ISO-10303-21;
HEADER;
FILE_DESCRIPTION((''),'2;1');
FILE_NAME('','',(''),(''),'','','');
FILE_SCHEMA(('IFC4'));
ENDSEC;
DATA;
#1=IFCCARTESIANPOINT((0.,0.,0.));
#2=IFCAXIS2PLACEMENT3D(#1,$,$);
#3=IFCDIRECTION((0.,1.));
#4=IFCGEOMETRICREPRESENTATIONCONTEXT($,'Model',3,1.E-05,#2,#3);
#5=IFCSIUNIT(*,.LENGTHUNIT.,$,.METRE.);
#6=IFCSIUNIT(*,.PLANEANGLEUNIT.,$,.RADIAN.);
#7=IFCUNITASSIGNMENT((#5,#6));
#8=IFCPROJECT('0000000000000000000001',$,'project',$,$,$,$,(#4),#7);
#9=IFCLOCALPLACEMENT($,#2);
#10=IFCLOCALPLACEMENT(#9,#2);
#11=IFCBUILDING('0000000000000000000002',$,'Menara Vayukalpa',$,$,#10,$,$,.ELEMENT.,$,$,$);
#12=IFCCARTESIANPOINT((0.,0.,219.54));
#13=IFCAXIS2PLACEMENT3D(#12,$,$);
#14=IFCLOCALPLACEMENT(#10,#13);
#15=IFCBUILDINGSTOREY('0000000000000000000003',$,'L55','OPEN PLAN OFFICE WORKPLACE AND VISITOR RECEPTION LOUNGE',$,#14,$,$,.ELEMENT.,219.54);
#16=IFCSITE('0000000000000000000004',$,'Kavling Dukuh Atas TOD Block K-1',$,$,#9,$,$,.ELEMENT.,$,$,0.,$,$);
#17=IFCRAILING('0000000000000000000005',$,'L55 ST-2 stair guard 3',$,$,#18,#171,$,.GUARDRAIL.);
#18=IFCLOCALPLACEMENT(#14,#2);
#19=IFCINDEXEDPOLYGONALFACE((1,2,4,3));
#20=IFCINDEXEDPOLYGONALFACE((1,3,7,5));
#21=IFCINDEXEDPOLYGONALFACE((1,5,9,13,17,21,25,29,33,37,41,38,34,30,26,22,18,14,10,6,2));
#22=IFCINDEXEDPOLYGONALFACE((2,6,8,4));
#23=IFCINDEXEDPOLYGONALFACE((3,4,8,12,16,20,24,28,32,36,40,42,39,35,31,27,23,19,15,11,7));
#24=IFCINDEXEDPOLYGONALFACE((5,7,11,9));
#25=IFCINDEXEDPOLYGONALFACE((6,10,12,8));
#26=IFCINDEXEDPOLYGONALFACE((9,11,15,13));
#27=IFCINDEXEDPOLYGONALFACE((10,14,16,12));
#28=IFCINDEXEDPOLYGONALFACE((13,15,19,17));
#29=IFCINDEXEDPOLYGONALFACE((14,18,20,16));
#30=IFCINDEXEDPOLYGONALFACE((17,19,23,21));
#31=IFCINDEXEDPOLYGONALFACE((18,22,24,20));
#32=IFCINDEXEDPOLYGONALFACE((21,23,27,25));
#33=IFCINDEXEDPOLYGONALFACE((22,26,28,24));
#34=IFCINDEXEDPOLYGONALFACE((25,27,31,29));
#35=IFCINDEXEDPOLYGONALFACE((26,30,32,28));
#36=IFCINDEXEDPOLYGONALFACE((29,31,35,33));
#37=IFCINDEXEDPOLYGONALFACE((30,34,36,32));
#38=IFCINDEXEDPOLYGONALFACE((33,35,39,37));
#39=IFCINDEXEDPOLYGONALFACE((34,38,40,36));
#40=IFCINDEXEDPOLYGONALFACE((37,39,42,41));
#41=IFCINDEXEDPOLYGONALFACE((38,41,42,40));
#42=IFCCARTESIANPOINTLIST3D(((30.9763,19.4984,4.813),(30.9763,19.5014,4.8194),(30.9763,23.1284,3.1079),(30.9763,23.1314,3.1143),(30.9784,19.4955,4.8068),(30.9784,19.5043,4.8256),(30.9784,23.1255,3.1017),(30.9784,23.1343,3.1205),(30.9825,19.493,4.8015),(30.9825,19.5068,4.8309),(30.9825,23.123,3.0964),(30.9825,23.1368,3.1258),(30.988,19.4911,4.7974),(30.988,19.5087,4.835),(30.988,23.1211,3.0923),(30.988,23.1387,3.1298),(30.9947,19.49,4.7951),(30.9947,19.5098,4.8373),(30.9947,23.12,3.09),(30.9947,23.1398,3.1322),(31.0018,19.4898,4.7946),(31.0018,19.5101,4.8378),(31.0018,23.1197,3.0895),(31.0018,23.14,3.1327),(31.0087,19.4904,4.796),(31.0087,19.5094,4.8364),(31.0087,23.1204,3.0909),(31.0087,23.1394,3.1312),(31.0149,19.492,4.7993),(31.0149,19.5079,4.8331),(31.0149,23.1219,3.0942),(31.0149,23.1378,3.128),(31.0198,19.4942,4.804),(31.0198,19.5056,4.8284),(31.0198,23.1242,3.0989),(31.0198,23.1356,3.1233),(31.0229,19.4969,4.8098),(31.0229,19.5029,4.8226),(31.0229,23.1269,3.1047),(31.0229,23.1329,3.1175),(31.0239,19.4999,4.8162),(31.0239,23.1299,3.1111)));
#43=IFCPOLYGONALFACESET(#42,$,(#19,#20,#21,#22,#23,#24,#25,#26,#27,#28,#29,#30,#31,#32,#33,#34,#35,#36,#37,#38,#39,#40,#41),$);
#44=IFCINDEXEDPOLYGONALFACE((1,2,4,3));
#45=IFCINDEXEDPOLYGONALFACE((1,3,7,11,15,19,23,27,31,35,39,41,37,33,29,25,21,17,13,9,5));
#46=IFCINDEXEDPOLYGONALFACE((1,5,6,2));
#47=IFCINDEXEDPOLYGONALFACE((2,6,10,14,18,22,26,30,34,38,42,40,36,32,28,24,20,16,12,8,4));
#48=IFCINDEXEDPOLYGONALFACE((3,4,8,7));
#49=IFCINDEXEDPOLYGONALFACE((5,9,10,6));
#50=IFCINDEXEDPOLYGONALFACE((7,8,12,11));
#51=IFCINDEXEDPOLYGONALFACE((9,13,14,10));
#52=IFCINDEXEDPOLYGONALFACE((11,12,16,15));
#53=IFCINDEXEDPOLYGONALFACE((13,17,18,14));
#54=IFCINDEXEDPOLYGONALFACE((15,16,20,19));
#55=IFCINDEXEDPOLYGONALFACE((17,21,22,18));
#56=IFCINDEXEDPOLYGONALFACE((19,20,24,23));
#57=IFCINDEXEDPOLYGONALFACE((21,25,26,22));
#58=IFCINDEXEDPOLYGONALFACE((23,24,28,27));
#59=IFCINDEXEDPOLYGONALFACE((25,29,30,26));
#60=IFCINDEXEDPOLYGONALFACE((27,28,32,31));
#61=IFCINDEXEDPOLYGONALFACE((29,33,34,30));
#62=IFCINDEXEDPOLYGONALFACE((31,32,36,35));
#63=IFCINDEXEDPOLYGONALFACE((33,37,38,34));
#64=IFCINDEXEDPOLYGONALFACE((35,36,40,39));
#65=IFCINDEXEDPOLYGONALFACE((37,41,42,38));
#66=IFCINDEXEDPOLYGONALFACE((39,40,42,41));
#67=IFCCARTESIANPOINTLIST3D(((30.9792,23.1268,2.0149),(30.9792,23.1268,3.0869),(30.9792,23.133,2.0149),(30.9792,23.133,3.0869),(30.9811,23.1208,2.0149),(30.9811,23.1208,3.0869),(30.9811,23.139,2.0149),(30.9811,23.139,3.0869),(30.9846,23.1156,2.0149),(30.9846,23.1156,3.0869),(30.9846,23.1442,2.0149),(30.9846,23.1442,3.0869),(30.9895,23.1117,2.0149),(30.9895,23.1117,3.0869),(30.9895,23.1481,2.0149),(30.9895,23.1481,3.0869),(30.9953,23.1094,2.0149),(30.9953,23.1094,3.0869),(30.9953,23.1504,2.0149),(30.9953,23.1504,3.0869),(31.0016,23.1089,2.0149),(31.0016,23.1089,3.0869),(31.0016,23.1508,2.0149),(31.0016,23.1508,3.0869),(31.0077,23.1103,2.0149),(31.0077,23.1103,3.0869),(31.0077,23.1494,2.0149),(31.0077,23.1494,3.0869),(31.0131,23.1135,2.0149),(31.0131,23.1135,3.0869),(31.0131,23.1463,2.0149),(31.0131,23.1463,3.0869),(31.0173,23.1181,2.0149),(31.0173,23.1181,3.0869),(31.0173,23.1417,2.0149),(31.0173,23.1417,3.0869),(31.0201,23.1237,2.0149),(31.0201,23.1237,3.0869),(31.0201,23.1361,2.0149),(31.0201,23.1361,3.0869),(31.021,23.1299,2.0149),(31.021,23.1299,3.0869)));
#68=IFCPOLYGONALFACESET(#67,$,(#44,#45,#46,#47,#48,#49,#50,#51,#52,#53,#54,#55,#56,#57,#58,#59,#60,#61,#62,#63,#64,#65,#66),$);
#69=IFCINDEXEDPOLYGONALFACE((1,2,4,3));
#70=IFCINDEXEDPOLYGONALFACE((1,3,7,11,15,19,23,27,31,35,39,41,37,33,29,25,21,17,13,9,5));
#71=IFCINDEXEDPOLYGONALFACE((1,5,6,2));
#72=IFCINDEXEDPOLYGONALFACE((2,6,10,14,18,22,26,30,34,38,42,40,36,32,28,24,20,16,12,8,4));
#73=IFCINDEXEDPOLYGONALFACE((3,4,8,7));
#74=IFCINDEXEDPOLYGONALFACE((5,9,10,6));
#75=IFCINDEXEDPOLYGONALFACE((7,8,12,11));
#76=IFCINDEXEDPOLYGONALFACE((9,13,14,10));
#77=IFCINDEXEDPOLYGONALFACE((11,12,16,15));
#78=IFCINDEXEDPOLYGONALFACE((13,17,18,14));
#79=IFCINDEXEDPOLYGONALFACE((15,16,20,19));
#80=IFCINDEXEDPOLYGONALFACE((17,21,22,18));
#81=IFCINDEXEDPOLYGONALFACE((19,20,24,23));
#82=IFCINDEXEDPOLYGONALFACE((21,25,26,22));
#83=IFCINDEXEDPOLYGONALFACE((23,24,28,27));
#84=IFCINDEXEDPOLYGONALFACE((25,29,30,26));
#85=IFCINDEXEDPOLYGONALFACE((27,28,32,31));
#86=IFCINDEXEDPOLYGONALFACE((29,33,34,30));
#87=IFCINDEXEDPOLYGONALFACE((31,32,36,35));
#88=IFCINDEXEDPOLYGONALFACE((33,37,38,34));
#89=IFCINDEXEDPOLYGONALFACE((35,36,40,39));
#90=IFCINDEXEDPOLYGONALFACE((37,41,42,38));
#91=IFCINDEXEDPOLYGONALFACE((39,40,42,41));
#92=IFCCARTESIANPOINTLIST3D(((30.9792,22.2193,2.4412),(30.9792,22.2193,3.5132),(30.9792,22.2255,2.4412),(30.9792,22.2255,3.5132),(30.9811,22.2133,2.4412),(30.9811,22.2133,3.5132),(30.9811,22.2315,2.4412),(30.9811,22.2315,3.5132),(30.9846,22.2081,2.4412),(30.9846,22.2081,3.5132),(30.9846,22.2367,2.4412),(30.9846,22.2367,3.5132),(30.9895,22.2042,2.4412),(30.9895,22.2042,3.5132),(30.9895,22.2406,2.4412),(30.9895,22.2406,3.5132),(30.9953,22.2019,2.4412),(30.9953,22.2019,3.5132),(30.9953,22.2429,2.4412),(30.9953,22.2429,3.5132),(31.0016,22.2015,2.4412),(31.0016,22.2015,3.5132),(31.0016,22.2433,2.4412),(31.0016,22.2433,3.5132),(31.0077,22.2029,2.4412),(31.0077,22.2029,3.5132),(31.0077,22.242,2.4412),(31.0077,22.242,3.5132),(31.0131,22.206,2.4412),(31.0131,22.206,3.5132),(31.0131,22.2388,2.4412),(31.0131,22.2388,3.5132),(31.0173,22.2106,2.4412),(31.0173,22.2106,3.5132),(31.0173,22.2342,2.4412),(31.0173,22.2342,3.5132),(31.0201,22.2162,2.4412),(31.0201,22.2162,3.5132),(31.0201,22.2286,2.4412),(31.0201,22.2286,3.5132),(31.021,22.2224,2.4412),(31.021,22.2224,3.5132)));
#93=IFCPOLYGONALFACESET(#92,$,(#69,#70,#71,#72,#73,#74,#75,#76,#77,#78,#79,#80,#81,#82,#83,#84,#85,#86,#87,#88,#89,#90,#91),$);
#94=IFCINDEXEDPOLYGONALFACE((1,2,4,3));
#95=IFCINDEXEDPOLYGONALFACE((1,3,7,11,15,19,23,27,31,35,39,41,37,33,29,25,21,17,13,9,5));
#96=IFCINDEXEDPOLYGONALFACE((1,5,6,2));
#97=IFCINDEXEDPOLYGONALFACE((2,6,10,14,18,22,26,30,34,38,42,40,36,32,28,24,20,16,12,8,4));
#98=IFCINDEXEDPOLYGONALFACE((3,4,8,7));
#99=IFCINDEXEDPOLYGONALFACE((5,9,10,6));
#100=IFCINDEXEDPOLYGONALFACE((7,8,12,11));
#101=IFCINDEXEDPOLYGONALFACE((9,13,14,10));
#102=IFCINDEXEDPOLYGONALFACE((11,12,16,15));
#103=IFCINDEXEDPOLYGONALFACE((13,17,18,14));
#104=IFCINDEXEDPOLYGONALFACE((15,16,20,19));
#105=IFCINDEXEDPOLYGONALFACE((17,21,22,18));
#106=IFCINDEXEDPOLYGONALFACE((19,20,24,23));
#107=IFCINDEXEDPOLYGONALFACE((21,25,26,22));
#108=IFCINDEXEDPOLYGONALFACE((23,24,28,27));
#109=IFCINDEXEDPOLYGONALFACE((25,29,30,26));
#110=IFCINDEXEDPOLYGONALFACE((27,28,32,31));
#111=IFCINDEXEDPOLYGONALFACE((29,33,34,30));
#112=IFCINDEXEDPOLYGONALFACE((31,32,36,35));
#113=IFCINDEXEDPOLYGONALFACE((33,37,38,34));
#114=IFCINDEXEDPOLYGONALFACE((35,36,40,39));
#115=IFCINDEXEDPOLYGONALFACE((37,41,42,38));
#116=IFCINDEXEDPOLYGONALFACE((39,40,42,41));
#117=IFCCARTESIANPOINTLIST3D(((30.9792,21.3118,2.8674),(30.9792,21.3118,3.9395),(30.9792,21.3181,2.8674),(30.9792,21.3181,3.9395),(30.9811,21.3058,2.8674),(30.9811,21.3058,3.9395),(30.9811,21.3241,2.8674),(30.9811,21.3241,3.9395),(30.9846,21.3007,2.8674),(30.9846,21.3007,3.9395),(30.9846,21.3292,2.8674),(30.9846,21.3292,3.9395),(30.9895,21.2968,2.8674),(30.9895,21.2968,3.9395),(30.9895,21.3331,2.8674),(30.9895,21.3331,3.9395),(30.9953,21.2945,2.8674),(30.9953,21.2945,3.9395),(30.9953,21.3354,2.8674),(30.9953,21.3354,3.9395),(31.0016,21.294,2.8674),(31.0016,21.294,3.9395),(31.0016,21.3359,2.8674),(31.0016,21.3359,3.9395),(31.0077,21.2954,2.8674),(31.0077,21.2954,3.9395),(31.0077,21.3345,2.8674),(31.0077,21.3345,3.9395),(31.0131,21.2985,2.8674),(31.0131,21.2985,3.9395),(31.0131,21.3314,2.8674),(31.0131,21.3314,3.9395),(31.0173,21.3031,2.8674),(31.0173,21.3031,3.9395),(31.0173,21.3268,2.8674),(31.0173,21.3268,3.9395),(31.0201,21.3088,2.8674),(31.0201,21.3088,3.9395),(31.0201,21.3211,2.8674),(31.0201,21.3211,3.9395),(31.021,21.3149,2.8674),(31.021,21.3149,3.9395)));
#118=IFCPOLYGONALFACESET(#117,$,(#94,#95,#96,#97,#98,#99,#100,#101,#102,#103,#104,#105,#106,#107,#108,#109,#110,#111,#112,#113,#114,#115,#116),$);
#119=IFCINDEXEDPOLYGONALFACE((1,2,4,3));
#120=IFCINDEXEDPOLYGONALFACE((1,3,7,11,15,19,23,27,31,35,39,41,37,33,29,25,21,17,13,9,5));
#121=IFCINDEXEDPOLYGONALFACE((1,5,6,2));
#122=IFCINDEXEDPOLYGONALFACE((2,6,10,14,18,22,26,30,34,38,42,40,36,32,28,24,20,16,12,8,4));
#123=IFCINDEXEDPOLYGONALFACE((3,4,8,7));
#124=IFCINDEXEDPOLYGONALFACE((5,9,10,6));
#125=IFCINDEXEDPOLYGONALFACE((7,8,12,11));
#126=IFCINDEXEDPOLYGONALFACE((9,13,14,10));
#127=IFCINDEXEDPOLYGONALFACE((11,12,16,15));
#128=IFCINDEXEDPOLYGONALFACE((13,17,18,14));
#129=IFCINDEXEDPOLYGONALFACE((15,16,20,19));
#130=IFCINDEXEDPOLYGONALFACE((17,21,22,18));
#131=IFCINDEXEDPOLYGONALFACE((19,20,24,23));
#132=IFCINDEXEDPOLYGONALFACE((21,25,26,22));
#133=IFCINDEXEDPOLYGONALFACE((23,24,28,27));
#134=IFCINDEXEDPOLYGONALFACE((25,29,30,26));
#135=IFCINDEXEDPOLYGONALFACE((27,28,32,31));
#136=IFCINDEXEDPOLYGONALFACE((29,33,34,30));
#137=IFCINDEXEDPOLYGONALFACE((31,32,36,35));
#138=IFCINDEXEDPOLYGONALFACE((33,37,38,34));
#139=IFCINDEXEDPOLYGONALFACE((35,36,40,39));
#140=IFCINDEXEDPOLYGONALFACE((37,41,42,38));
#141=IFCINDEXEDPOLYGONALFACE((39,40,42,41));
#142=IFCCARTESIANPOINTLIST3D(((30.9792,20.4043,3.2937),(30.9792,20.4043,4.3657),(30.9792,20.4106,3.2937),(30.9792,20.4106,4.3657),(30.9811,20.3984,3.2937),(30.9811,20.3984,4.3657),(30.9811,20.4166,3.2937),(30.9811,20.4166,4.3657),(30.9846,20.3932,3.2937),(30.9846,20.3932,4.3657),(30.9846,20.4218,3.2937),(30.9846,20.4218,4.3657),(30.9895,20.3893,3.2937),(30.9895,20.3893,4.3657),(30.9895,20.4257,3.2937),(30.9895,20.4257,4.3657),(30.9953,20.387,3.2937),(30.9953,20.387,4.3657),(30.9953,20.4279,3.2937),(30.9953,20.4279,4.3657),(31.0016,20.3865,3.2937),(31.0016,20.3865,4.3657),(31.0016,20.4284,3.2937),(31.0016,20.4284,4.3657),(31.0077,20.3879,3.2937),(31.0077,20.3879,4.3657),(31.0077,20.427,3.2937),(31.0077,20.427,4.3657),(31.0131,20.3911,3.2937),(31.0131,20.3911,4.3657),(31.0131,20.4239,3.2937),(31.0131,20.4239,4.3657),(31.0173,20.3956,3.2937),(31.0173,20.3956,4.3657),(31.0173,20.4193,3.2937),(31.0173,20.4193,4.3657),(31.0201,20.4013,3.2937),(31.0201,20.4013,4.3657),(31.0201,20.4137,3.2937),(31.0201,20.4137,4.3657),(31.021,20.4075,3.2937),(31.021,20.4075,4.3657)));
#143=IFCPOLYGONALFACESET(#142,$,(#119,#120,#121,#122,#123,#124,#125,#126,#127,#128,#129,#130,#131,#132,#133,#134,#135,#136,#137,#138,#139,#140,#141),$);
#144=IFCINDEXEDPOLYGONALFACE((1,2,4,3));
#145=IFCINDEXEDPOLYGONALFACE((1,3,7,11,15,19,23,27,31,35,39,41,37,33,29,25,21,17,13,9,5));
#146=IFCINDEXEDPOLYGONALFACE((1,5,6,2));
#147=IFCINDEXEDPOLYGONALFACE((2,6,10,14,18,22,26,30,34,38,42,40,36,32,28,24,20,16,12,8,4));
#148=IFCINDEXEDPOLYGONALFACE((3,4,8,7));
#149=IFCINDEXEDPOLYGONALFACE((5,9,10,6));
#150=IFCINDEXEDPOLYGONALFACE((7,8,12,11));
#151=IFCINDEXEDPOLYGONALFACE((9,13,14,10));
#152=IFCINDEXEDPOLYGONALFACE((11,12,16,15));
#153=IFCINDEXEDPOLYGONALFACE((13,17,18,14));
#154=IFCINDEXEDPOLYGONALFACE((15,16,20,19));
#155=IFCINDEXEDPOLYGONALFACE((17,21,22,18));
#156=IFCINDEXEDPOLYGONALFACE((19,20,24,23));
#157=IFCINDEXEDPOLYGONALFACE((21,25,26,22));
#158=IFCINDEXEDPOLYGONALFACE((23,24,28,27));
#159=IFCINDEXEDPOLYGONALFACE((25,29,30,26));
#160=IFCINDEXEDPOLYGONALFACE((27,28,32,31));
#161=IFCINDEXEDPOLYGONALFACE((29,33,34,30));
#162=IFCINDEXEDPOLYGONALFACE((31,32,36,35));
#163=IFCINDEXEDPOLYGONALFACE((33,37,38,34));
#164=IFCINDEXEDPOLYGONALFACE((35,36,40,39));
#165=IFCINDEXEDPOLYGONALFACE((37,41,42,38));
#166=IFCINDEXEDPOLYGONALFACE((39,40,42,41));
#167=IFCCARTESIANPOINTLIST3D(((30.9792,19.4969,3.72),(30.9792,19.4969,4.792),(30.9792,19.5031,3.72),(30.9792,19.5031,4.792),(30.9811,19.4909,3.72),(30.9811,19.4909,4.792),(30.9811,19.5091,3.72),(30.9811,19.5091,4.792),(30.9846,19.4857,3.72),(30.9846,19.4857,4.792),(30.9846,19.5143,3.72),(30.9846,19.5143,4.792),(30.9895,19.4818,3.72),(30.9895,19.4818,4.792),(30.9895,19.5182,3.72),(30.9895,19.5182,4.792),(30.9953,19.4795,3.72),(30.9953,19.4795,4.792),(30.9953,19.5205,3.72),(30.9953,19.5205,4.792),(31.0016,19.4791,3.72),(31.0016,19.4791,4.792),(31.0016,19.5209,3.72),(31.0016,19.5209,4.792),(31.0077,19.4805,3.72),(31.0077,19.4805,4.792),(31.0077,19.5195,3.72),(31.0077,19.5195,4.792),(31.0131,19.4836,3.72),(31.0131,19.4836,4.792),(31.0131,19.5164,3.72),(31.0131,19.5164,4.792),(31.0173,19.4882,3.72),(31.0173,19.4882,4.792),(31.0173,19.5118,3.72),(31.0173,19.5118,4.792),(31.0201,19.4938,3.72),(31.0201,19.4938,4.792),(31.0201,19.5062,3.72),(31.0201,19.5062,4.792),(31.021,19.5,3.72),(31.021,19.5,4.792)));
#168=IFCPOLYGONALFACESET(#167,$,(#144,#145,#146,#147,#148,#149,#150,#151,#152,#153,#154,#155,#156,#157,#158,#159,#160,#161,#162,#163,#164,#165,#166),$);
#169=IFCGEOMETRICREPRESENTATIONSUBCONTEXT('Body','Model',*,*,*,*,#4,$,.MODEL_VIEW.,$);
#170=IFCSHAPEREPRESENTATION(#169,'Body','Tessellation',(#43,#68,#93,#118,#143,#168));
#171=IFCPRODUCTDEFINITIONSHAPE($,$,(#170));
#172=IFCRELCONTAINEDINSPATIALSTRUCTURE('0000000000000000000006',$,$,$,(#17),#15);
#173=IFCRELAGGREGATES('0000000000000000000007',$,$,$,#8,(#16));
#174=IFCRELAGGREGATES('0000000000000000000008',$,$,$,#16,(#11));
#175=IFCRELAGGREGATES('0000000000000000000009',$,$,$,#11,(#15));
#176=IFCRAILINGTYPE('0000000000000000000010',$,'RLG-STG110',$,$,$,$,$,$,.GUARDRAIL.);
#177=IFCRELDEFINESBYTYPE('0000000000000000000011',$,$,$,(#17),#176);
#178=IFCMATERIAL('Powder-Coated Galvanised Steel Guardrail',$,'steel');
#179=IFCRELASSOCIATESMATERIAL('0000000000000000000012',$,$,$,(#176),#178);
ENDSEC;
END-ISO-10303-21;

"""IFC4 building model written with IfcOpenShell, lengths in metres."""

from ifc_helpers import new_model, si_unit, direction, frame, origin, origin_2d, place, context, subcontext, project, spatial, circle, extrude, material, type_object, element, save


model = new_model("IFC4")

# Units and contexts
model_context = context("Model", 3, precision=1e-05, world=origin(), true_north=direction((0.0, 1.0)))
body_context = subcontext(model_context, "Body", "Model", "MODEL_VIEW")
ifc_project = project(units=[si_unit("LENGTHUNIT", "METRE"), si_unit("PLANEANGLEUNIT", "RADIAN")], contexts=[model_context])

# Site, building, storey
site_placement = place(None, origin())
site = spatial("IfcSite", under=ifc_project, at=site_placement, Name="Kavling Dukuh Atas TOD Block K-1", CompositionType="ELEMENT", RefElevation=0.0)
building_placement = place(site_placement, origin())
building = spatial("IfcBuilding", under=site, at=building_placement, Name="Menara Vayukalpa", CompositionType="ELEMENT")
storey_placement = place(building_placement, frame((0.0, 0.0, 219.54)))
storey = spatial("IfcBuildingStorey", under=building, at=storey_placement, Name="L55", Description="OPEN PLAN OFFICE WORKPLACE AND VISITOR RECEPTION LOUNGE", CompositionType="ELEMENT", Elevation=219.54)

# Railing
ifc_material_1 = material(Name="Powder-Coated Galvanised Steel Guardrail", Category="steel")
railing_type_1 = type_object("IfcRailingType", Name="RLG-STG110", PredefinedType="GUARDRAIL", material=ifc_material_1)
railing_1_placement = place(storey_placement, frame((31.0, 23.1299, 2.0149)))
element("IfcRailing", 1, at=railing_1_placement, inside=storey, type_object=railing_type_1, Name="L55 ST-2 stair guard 3", PredefinedType="GUARDRAIL", context=body_context, shape_type="SweptSolid", body=[
    extrude(circle(Radius=0.0239, at=origin_2d()), frame((0.0, 0.0, 1.0962), z_axis=(0.0, -0.905116, 0.425164), x_axis=(1.0, 0.0, 0.0)), (0.0, 0.0, 1.0), 4.0105),
    extrude(circle(Radius=0.021, at=origin_2d()), origin(), (0.0, 0.0, 1.0), 1.072),
    extrude(circle(Radius=0.021, at=origin_2d()), frame((0.0, -0.9075, 0.4263)), (0.0, 0.0, 1.0), 1.072),
    extrude(circle(Radius=0.021, at=origin_2d()), frame((0.0, -1.8149, 0.8525)), (0.0, 0.0, 1.0), 1.072),
    extrude(circle(Radius=0.021, at=origin_2d()), frame((0.0, -2.7224, 1.2788)), (0.0, 0.0, 1.0), 1.072),
    extrude(circle(Radius=0.021, at=origin_2d()), frame((0.0, -3.6299, 1.7051)), (0.0, 0.0, 1.0), 1.072),
])

save(model, "model.ifc")
